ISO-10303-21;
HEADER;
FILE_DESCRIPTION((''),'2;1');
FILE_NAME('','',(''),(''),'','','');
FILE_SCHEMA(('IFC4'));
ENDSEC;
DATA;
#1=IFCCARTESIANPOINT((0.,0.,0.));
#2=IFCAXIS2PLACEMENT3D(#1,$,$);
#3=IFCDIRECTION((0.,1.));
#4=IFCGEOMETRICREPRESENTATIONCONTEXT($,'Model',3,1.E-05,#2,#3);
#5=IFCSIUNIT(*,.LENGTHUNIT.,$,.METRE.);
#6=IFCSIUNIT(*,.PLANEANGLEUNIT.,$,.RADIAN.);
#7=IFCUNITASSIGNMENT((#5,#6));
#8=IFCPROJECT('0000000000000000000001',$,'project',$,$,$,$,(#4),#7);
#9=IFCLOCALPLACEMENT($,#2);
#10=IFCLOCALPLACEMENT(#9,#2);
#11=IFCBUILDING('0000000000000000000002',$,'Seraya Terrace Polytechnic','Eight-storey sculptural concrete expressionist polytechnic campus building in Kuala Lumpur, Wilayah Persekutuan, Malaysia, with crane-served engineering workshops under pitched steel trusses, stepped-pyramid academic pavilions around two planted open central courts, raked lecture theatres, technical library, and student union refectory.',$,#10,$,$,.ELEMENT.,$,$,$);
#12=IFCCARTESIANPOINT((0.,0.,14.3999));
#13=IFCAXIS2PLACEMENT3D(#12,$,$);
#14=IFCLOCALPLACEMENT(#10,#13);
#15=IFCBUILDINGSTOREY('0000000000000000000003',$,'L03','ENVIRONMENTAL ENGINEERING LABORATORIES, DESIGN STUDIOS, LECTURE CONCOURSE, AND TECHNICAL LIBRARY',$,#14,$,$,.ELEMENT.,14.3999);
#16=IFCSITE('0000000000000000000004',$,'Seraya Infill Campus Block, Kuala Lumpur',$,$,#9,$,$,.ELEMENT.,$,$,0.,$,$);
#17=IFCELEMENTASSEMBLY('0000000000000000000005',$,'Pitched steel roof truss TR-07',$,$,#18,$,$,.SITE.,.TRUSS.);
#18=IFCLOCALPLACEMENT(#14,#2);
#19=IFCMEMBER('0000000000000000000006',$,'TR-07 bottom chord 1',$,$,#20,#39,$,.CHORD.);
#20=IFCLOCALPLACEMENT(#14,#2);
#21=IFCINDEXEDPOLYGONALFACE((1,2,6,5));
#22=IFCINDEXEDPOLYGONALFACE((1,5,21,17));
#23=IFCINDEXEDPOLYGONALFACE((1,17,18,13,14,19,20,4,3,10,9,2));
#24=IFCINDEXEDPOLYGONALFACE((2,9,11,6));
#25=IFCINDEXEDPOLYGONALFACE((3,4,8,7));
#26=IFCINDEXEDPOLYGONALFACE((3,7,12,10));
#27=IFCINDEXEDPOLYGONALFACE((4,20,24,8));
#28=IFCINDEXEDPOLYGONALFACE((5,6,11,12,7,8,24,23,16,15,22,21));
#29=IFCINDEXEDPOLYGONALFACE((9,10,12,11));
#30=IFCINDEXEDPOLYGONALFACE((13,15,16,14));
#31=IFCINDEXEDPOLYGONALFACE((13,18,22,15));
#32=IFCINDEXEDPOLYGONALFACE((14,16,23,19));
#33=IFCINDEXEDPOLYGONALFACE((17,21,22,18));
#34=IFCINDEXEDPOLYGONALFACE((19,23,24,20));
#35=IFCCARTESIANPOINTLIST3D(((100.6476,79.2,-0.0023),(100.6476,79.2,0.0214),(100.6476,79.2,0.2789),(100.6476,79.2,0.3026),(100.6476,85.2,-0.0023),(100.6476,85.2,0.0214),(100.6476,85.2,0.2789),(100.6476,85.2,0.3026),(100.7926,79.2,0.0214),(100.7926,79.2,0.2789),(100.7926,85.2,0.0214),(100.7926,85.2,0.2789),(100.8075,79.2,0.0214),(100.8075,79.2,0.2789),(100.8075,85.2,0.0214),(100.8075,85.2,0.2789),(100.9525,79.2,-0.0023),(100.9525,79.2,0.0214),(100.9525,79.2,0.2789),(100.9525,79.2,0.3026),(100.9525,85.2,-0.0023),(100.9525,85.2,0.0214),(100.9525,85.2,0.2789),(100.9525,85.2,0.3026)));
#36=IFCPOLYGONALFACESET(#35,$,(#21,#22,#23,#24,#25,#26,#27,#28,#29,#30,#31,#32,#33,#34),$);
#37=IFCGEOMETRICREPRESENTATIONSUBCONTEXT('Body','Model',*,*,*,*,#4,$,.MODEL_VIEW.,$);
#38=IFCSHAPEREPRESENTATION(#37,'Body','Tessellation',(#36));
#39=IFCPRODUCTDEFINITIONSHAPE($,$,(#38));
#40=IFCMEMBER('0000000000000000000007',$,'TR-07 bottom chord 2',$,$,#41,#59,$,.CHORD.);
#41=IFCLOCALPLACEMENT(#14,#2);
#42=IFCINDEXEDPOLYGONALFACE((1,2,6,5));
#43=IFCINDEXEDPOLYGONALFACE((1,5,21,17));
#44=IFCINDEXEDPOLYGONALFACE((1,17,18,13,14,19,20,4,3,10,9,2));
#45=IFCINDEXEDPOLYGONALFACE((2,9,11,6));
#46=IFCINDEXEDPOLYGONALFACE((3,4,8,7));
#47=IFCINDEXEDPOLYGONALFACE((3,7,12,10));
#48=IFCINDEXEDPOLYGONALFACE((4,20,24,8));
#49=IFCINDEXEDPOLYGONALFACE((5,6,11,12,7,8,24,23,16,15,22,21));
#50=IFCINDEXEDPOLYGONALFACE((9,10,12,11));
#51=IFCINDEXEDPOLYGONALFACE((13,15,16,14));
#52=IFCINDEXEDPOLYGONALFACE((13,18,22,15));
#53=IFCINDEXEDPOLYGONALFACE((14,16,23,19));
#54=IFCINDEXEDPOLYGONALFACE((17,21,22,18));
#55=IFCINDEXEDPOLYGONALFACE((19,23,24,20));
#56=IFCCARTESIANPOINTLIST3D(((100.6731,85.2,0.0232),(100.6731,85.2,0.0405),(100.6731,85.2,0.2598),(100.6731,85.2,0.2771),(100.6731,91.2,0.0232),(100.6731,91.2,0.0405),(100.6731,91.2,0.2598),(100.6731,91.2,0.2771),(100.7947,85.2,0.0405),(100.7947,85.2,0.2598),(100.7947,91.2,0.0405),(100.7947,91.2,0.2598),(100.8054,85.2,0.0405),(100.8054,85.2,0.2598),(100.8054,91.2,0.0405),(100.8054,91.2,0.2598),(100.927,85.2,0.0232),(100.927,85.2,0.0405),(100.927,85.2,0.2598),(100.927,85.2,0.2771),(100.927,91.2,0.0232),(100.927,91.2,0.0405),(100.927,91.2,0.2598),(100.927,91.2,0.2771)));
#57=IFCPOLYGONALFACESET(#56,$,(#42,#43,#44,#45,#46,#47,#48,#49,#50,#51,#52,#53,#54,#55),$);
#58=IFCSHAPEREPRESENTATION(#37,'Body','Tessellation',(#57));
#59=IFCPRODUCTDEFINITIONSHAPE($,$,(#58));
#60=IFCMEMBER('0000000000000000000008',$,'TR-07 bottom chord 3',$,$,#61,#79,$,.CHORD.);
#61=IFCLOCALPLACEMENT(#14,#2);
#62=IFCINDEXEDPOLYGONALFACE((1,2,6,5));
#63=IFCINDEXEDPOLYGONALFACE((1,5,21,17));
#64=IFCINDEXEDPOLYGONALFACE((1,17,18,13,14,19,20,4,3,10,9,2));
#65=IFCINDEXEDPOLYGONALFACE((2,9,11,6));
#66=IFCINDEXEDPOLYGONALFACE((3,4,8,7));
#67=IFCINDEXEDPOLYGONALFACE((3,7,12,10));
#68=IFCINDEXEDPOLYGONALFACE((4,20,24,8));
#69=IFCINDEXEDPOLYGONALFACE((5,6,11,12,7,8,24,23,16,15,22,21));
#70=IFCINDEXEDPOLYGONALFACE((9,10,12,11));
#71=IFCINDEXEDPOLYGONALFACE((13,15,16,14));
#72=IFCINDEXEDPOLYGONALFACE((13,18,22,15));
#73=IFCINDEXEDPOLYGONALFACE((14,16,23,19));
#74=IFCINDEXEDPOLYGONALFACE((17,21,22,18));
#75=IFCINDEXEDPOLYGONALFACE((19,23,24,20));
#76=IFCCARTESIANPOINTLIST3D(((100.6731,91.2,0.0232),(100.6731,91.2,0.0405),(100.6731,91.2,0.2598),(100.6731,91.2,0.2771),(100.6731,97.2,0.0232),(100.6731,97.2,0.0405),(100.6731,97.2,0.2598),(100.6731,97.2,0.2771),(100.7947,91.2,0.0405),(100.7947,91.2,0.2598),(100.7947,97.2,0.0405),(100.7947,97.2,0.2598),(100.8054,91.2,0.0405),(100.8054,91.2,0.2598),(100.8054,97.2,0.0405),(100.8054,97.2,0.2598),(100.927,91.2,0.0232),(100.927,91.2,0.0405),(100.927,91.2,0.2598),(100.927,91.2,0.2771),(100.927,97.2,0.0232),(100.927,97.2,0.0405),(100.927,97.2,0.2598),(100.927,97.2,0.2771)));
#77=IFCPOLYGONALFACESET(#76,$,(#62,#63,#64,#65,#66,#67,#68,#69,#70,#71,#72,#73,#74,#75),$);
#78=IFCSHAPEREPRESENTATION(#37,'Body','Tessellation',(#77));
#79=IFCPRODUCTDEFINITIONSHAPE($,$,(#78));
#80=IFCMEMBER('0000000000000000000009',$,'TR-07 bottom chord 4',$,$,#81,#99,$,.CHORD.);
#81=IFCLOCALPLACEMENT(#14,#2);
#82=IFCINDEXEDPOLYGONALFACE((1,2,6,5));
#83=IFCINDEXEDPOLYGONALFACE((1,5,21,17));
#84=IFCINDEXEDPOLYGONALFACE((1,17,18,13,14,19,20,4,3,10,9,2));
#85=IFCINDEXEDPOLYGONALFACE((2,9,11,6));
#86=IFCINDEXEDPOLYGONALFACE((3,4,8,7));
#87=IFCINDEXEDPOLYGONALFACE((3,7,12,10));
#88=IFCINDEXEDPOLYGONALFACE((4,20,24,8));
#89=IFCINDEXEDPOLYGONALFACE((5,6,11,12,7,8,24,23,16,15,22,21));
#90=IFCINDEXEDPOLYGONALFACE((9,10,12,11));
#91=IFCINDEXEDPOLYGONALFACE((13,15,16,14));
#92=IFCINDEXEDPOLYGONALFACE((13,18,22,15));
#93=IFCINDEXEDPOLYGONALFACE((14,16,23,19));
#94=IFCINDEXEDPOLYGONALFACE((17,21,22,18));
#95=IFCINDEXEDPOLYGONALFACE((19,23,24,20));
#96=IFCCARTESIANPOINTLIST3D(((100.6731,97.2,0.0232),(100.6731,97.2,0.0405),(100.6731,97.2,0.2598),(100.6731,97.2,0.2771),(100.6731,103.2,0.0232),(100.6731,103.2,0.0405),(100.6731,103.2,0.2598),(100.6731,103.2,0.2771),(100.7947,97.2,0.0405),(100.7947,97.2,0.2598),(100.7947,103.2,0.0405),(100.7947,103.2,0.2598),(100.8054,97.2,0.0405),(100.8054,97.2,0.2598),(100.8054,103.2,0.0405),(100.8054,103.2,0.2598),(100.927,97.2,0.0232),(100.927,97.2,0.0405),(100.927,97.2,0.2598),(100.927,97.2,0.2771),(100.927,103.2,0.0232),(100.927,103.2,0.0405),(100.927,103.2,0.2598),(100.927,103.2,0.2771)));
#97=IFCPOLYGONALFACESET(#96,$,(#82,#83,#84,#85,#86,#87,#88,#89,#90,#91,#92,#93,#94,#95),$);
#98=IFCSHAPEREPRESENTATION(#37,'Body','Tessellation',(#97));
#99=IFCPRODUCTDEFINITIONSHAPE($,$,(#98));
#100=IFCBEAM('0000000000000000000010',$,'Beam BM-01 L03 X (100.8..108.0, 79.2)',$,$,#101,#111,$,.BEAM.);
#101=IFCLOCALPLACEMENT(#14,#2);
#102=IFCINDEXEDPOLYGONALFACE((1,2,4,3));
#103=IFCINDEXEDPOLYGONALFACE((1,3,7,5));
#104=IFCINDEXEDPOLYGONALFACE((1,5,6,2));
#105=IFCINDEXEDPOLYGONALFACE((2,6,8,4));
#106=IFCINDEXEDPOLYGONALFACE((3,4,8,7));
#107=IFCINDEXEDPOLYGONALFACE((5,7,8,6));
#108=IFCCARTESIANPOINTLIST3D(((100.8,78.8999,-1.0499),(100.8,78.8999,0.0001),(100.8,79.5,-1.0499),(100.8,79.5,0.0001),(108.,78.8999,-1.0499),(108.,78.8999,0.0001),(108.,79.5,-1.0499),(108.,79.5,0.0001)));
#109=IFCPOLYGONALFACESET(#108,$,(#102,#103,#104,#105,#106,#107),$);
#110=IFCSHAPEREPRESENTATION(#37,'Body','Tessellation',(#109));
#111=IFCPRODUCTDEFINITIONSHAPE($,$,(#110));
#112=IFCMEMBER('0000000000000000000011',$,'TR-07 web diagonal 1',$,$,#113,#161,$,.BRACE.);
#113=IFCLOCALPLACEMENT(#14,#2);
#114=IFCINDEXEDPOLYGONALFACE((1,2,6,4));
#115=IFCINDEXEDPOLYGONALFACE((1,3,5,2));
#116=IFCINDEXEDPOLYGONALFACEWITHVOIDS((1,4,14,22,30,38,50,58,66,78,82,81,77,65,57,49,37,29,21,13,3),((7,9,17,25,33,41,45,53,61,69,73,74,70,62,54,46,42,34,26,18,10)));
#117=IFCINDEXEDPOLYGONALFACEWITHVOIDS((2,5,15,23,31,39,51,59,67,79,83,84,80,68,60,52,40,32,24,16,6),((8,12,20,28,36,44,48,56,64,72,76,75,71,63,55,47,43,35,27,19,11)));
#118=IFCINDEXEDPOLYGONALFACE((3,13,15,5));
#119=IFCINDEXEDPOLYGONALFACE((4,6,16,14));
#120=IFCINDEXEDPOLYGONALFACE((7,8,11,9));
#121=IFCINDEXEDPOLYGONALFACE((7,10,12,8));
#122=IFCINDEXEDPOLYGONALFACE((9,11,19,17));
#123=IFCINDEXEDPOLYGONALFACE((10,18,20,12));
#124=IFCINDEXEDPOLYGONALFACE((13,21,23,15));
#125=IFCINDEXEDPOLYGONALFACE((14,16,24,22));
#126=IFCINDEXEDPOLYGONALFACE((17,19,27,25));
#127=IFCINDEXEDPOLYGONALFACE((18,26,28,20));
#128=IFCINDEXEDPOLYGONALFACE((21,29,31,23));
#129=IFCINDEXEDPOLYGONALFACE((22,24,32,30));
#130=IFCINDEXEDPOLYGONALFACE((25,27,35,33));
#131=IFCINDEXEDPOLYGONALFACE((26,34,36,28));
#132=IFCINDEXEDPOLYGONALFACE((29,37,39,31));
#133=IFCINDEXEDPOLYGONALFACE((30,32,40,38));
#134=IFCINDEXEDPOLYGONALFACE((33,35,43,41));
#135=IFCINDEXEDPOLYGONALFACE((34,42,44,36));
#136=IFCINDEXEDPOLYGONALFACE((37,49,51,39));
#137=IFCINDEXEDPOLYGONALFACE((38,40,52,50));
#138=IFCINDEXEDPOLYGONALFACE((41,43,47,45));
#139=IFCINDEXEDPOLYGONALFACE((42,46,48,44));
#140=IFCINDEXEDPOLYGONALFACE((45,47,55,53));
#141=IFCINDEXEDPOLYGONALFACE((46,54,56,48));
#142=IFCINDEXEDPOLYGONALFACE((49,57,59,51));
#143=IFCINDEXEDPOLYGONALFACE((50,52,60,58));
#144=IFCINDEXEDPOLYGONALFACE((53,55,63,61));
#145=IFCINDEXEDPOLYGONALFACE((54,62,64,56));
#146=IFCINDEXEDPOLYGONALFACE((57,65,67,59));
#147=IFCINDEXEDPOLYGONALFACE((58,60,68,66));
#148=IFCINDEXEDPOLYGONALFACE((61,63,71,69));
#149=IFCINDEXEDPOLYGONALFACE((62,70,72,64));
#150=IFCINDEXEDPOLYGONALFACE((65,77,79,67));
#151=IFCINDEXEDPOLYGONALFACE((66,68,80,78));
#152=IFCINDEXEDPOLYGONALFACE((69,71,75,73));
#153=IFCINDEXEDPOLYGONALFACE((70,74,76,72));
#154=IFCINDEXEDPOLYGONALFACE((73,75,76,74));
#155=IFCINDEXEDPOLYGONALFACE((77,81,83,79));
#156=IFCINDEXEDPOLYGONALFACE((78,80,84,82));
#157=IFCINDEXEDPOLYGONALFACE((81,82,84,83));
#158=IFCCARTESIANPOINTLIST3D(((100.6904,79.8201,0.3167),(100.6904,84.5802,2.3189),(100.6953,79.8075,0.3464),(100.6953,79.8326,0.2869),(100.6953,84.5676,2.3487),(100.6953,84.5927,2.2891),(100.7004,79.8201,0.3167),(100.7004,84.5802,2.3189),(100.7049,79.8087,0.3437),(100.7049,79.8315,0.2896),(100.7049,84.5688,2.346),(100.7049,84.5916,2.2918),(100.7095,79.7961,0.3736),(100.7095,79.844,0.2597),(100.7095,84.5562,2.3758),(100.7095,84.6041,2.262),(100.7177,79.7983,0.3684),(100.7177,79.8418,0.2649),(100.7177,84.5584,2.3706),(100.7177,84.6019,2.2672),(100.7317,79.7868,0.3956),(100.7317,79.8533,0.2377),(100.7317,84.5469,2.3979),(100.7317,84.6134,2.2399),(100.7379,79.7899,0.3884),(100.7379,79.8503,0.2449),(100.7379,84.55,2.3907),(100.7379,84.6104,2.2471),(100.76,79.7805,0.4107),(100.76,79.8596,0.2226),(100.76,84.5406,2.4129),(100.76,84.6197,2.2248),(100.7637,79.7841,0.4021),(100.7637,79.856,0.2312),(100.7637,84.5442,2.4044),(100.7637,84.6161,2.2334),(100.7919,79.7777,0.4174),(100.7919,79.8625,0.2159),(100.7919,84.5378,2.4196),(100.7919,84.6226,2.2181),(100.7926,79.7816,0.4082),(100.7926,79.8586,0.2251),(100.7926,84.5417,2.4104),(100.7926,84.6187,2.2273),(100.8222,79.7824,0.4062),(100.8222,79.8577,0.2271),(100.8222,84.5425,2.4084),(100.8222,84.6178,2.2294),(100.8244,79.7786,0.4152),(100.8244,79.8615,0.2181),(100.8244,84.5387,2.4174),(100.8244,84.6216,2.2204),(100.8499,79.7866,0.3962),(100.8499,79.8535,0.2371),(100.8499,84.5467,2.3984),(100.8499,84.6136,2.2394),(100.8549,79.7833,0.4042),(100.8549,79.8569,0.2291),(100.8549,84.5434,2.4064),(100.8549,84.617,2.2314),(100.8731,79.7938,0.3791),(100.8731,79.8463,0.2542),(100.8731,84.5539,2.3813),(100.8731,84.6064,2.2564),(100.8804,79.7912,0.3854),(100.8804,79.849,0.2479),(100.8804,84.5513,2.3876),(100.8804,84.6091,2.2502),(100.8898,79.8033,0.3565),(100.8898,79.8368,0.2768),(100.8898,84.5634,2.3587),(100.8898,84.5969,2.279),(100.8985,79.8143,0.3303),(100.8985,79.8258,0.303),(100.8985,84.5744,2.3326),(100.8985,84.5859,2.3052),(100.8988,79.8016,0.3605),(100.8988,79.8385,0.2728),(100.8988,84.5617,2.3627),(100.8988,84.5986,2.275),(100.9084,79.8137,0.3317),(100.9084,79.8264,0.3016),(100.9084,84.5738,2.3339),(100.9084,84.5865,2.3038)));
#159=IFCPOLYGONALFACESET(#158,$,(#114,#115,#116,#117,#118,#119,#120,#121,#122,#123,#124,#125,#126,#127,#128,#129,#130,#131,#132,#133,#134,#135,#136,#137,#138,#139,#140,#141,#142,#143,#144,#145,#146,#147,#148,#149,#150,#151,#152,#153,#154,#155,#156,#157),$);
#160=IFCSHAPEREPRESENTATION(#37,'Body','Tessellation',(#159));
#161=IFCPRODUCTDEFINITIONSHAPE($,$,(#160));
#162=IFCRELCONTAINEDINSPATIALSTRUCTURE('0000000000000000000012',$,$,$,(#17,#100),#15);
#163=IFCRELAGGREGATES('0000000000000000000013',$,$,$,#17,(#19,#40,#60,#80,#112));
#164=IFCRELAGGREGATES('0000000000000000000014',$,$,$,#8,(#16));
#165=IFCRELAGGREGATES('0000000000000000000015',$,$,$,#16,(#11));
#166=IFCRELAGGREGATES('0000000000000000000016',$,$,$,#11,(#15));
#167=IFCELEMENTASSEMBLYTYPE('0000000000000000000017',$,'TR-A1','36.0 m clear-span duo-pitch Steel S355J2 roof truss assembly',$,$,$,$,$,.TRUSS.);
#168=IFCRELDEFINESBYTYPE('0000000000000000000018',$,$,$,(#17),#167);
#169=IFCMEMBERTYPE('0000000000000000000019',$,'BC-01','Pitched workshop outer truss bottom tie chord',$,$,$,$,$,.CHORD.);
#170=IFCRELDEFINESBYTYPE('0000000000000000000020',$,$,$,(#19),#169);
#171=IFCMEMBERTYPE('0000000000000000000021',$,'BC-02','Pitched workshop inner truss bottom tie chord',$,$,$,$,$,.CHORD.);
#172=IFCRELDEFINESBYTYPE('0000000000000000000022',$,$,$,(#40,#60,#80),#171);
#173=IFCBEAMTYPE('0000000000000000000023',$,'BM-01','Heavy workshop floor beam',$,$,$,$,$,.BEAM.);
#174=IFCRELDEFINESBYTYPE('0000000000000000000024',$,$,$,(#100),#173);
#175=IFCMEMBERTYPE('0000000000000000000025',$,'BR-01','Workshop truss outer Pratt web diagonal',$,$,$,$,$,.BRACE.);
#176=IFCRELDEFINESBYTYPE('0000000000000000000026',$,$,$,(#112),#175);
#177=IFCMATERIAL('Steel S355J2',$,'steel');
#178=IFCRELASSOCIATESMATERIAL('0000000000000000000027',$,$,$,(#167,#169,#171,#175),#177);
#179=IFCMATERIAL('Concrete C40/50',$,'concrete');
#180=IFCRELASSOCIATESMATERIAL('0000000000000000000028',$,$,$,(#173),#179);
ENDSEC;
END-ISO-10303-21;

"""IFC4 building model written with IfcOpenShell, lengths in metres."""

from ifc_helpers import new_model, si_unit, direction, frame, origin, origin_2d, place, context, subcontext, project, spatial, rectangle, hollow_circle, i_section, extrude, material, material_profile, profile_set, type_object, element, aggregate, save


model = new_model("IFC4")

# Units and contexts
model_context = context("Model", 3, precision=1e-05, world=origin(), true_north=direction((0.0, 1.0)))
body_context = subcontext(model_context, "Body", "Model", "MODEL_VIEW")
ifc_project = project(units=[si_unit("LENGTHUNIT", "METRE"), si_unit("PLANEANGLEUNIT", "RADIAN")], contexts=[model_context])

# Site, building, storey
site_placement = place(None, origin())
site = spatial("IfcSite", under=ifc_project, at=site_placement, Name="Seraya Infill Campus Block, Kuala Lumpur", CompositionType="ELEMENT", RefElevation=0.0)
building_placement = place(site_placement, origin())
building = spatial("IfcBuilding", under=site, at=building_placement, Name="Seraya Terrace Polytechnic", Description="Eight-storey sculptural concrete expressionist polytechnic campus building in Kuala Lumpur, Wilayah Persekutuan, Malaysia, with crane-served engineering workshops under pitched steel trusses, stepped-pyramid academic pavilions around two planted open central courts, raked lecture theatres, technical library, and student union refectory.", CompositionType="ELEMENT")
storey_placement = place(building_placement, frame((0.0, 0.0, 14.3999)))
storey = spatial("IfcBuildingStorey", under=building, at=storey_placement, Name="L03", Description="ENVIRONMENTAL ENGINEERING LABORATORIES, DESIGN STUDIOS, LECTURE CONCOURSE, AND TECHNICAL LIBRARY", CompositionType="ELEMENT", Elevation=14.3999)

# Element assembly, members
ifc_material_1 = material(Name="Steel S355J2", Category="steel")
element_assembly_type = type_object("IfcElementAssemblyType", Name="TR-A1", Description="36.0 m clear-span duo-pitch Steel S355J2 roof truss assembly", PredefinedType="TRUSS", material=ifc_material_1)
assembly_placement = place(storey_placement, origin())
assembly = element("IfcElementAssembly", 1, at=assembly_placement, inside=storey, type_object=element_assembly_type, Name="Pitched steel roof truss TR-07", AssemblyPlace="SITE", PredefinedType="TRUSS")
ifc_material_profile_1 = material_profile(ifc_material_1, i_section(OverallWidth=0.3049, OverallDepth=0.3049, WebThickness=0.0149, FlangeThickness=0.0237, at=origin_2d()), Name="UKC 305x305x14.9x23.8")
ifc_profile_set_1 = profile_set([ifc_material_profile_1], Name="Steel S355J2")
member_type_1 = type_object("IfcMemberType", Name="BC-01", Description="Pitched workshop outer truss bottom tie chord", PredefinedType="CHORD", material=ifc_profile_set_1)
member_1_placement = place(storey_placement, frame((100.8, 79.2, 0.1501), z_axis=(0.0, 1.0, 0.0), x_axis=(-1.0, 0.0, 0.0)))
member_1 = element("IfcMember", 2, at=member_1_placement, type_object=member_type_1, Name="TR-07 bottom chord 1", PredefinedType="CHORD", context=body_context, shape_type="SweptSolid", body=[
    extrude(i_section(OverallWidth=0.3049, OverallDepth=0.3049, WebThickness=0.0149, FlangeThickness=0.0237, at=origin_2d()), origin(), (0.0, 0.0, 1.0), 6.0),
])
ifc_material_profile_2 = material_profile(ifc_material_1, i_section(OverallWidth=0.2539, OverallDepth=0.2539, WebThickness=0.0107, FlangeThickness=0.0173, at=origin_2d()), Name="UKC 254x254x10.7x17.3")
ifc_profile_set_2 = profile_set([ifc_material_profile_2], Name="Steel S355J2")
member_type_2 = type_object("IfcMemberType", Name="BC-02", Description="Pitched workshop inner truss bottom tie chord", PredefinedType="CHORD", material=ifc_profile_set_2)
member_2_placement = place(storey_placement, frame((100.8, 85.2, 0.1501), z_axis=(0.0, 1.0, 0.0), x_axis=(-1.0, 0.0, 0.0)))
member_2 = element("IfcMember", 3, at=member_2_placement, type_object=member_type_2, Name="TR-07 bottom chord 2", PredefinedType="CHORD", context=body_context, shape_type="SweptSolid", body=[
    extrude(i_section(OverallWidth=0.2539, OverallDepth=0.2539, WebThickness=0.0107, FlangeThickness=0.0173, at=origin_2d()), origin(), (0.0, 0.0, 1.0), 6.0),
])
member_3_placement = place(storey_placement, frame((100.8, 91.2, 0.1501), z_axis=(0.0, 1.0, 0.0), x_axis=(-1.0, 0.0, 0.0)))
member_3 = element("IfcMember", 4, at=member_3_placement, type_object=member_type_2, Name="TR-07 bottom chord 3", PredefinedType="CHORD", context=body_context, shape_type="SweptSolid", body=[
    extrude(i_section(OverallWidth=0.2539, OverallDepth=0.2539, WebThickness=0.0107, FlangeThickness=0.0173, at=origin_2d()), origin(), (0.0, 0.0, 1.0), 6.0),
])
member_4_placement = place(storey_placement, frame((100.8, 97.2, 0.1501), z_axis=(0.0, 1.0, 0.0), x_axis=(-1.0, 0.0, 0.0)))
member_4 = element("IfcMember", 5, at=member_4_placement, type_object=member_type_2, Name="TR-07 bottom chord 4", PredefinedType="CHORD", context=body_context, shape_type="SweptSolid", body=[
    extrude(i_section(OverallWidth=0.2539, OverallDepth=0.2539, WebThickness=0.0107, FlangeThickness=0.0173, at=origin_2d()), origin(), (0.0, 0.0, 1.0), 6.0),
])

# Beam
ifc_material_2 = material(Name="Concrete C40/50", Category="concrete")
ifc_material_profile_3 = material_profile(ifc_material_2, rectangle(XDim=0.6001, YDim=1.05, at=origin_2d()), Name="RC 600x1050")
ifc_profile_set_3 = profile_set([ifc_material_profile_3], Name="Concrete C40/50")
beam_type = type_object("IfcBeamType", Name="BM-01", Description="Heavy workshop floor beam", PredefinedType="BEAM", material=ifc_profile_set_3)
beam_placement = place(storey_placement, frame((100.8, 79.2, -0.5249), z_axis=(1.0, 0.0, 0.0), x_axis=(0.0, 1.0, 0.0)))
element("IfcBeam", 6, at=beam_placement, inside=storey, type_object=beam_type, Name="Beam BM-01 L03 X (100.8..108.0, 79.2)", PredefinedType="BEAM", context=body_context, shape_type="SweptSolid", body=[
    extrude(rectangle(XDim=0.6001, YDim=1.05, at=origin_2d()), origin(), (0.0, 0.0, 1.0), 7.2),
])

# Member
ifc_material_profile_4 = material_profile(ifc_material_1, hollow_circle(Radius=0.1096, WallThickness=0.01, at=origin_2d()), Name="CHS 219.1x10.0")
ifc_profile_set_4 = profile_set([ifc_material_profile_4], Name="Steel S355J2")
member_type_3 = type_object("IfcMemberType", Name="BR-01", Description="Workshop truss outer Pratt web diagonal", PredefinedType="BRACE", material=ifc_profile_set_4)
member_5_placement = place(storey_placement, frame((100.8, 79.8201, 0.3167), z_axis=(0.0, 0.921775, 0.387725), x_axis=(-1.0, 0.0, 0.0)))
member_5 = element("IfcMember", 7, at=member_5_placement, type_object=member_type_3, Name="TR-07 web diagonal 1", PredefinedType="BRACE", context=body_context, shape_type="SweptSolid", body=[
    extrude(hollow_circle(Radius=0.1096, WallThickness=0.01, at=origin_2d()), origin(), (0.0, 0.0, 1.0), 5.1641),
])

aggregate(assembly, [member_1, member_2, member_3, member_4, member_5])

save(model, "model.ifc")
